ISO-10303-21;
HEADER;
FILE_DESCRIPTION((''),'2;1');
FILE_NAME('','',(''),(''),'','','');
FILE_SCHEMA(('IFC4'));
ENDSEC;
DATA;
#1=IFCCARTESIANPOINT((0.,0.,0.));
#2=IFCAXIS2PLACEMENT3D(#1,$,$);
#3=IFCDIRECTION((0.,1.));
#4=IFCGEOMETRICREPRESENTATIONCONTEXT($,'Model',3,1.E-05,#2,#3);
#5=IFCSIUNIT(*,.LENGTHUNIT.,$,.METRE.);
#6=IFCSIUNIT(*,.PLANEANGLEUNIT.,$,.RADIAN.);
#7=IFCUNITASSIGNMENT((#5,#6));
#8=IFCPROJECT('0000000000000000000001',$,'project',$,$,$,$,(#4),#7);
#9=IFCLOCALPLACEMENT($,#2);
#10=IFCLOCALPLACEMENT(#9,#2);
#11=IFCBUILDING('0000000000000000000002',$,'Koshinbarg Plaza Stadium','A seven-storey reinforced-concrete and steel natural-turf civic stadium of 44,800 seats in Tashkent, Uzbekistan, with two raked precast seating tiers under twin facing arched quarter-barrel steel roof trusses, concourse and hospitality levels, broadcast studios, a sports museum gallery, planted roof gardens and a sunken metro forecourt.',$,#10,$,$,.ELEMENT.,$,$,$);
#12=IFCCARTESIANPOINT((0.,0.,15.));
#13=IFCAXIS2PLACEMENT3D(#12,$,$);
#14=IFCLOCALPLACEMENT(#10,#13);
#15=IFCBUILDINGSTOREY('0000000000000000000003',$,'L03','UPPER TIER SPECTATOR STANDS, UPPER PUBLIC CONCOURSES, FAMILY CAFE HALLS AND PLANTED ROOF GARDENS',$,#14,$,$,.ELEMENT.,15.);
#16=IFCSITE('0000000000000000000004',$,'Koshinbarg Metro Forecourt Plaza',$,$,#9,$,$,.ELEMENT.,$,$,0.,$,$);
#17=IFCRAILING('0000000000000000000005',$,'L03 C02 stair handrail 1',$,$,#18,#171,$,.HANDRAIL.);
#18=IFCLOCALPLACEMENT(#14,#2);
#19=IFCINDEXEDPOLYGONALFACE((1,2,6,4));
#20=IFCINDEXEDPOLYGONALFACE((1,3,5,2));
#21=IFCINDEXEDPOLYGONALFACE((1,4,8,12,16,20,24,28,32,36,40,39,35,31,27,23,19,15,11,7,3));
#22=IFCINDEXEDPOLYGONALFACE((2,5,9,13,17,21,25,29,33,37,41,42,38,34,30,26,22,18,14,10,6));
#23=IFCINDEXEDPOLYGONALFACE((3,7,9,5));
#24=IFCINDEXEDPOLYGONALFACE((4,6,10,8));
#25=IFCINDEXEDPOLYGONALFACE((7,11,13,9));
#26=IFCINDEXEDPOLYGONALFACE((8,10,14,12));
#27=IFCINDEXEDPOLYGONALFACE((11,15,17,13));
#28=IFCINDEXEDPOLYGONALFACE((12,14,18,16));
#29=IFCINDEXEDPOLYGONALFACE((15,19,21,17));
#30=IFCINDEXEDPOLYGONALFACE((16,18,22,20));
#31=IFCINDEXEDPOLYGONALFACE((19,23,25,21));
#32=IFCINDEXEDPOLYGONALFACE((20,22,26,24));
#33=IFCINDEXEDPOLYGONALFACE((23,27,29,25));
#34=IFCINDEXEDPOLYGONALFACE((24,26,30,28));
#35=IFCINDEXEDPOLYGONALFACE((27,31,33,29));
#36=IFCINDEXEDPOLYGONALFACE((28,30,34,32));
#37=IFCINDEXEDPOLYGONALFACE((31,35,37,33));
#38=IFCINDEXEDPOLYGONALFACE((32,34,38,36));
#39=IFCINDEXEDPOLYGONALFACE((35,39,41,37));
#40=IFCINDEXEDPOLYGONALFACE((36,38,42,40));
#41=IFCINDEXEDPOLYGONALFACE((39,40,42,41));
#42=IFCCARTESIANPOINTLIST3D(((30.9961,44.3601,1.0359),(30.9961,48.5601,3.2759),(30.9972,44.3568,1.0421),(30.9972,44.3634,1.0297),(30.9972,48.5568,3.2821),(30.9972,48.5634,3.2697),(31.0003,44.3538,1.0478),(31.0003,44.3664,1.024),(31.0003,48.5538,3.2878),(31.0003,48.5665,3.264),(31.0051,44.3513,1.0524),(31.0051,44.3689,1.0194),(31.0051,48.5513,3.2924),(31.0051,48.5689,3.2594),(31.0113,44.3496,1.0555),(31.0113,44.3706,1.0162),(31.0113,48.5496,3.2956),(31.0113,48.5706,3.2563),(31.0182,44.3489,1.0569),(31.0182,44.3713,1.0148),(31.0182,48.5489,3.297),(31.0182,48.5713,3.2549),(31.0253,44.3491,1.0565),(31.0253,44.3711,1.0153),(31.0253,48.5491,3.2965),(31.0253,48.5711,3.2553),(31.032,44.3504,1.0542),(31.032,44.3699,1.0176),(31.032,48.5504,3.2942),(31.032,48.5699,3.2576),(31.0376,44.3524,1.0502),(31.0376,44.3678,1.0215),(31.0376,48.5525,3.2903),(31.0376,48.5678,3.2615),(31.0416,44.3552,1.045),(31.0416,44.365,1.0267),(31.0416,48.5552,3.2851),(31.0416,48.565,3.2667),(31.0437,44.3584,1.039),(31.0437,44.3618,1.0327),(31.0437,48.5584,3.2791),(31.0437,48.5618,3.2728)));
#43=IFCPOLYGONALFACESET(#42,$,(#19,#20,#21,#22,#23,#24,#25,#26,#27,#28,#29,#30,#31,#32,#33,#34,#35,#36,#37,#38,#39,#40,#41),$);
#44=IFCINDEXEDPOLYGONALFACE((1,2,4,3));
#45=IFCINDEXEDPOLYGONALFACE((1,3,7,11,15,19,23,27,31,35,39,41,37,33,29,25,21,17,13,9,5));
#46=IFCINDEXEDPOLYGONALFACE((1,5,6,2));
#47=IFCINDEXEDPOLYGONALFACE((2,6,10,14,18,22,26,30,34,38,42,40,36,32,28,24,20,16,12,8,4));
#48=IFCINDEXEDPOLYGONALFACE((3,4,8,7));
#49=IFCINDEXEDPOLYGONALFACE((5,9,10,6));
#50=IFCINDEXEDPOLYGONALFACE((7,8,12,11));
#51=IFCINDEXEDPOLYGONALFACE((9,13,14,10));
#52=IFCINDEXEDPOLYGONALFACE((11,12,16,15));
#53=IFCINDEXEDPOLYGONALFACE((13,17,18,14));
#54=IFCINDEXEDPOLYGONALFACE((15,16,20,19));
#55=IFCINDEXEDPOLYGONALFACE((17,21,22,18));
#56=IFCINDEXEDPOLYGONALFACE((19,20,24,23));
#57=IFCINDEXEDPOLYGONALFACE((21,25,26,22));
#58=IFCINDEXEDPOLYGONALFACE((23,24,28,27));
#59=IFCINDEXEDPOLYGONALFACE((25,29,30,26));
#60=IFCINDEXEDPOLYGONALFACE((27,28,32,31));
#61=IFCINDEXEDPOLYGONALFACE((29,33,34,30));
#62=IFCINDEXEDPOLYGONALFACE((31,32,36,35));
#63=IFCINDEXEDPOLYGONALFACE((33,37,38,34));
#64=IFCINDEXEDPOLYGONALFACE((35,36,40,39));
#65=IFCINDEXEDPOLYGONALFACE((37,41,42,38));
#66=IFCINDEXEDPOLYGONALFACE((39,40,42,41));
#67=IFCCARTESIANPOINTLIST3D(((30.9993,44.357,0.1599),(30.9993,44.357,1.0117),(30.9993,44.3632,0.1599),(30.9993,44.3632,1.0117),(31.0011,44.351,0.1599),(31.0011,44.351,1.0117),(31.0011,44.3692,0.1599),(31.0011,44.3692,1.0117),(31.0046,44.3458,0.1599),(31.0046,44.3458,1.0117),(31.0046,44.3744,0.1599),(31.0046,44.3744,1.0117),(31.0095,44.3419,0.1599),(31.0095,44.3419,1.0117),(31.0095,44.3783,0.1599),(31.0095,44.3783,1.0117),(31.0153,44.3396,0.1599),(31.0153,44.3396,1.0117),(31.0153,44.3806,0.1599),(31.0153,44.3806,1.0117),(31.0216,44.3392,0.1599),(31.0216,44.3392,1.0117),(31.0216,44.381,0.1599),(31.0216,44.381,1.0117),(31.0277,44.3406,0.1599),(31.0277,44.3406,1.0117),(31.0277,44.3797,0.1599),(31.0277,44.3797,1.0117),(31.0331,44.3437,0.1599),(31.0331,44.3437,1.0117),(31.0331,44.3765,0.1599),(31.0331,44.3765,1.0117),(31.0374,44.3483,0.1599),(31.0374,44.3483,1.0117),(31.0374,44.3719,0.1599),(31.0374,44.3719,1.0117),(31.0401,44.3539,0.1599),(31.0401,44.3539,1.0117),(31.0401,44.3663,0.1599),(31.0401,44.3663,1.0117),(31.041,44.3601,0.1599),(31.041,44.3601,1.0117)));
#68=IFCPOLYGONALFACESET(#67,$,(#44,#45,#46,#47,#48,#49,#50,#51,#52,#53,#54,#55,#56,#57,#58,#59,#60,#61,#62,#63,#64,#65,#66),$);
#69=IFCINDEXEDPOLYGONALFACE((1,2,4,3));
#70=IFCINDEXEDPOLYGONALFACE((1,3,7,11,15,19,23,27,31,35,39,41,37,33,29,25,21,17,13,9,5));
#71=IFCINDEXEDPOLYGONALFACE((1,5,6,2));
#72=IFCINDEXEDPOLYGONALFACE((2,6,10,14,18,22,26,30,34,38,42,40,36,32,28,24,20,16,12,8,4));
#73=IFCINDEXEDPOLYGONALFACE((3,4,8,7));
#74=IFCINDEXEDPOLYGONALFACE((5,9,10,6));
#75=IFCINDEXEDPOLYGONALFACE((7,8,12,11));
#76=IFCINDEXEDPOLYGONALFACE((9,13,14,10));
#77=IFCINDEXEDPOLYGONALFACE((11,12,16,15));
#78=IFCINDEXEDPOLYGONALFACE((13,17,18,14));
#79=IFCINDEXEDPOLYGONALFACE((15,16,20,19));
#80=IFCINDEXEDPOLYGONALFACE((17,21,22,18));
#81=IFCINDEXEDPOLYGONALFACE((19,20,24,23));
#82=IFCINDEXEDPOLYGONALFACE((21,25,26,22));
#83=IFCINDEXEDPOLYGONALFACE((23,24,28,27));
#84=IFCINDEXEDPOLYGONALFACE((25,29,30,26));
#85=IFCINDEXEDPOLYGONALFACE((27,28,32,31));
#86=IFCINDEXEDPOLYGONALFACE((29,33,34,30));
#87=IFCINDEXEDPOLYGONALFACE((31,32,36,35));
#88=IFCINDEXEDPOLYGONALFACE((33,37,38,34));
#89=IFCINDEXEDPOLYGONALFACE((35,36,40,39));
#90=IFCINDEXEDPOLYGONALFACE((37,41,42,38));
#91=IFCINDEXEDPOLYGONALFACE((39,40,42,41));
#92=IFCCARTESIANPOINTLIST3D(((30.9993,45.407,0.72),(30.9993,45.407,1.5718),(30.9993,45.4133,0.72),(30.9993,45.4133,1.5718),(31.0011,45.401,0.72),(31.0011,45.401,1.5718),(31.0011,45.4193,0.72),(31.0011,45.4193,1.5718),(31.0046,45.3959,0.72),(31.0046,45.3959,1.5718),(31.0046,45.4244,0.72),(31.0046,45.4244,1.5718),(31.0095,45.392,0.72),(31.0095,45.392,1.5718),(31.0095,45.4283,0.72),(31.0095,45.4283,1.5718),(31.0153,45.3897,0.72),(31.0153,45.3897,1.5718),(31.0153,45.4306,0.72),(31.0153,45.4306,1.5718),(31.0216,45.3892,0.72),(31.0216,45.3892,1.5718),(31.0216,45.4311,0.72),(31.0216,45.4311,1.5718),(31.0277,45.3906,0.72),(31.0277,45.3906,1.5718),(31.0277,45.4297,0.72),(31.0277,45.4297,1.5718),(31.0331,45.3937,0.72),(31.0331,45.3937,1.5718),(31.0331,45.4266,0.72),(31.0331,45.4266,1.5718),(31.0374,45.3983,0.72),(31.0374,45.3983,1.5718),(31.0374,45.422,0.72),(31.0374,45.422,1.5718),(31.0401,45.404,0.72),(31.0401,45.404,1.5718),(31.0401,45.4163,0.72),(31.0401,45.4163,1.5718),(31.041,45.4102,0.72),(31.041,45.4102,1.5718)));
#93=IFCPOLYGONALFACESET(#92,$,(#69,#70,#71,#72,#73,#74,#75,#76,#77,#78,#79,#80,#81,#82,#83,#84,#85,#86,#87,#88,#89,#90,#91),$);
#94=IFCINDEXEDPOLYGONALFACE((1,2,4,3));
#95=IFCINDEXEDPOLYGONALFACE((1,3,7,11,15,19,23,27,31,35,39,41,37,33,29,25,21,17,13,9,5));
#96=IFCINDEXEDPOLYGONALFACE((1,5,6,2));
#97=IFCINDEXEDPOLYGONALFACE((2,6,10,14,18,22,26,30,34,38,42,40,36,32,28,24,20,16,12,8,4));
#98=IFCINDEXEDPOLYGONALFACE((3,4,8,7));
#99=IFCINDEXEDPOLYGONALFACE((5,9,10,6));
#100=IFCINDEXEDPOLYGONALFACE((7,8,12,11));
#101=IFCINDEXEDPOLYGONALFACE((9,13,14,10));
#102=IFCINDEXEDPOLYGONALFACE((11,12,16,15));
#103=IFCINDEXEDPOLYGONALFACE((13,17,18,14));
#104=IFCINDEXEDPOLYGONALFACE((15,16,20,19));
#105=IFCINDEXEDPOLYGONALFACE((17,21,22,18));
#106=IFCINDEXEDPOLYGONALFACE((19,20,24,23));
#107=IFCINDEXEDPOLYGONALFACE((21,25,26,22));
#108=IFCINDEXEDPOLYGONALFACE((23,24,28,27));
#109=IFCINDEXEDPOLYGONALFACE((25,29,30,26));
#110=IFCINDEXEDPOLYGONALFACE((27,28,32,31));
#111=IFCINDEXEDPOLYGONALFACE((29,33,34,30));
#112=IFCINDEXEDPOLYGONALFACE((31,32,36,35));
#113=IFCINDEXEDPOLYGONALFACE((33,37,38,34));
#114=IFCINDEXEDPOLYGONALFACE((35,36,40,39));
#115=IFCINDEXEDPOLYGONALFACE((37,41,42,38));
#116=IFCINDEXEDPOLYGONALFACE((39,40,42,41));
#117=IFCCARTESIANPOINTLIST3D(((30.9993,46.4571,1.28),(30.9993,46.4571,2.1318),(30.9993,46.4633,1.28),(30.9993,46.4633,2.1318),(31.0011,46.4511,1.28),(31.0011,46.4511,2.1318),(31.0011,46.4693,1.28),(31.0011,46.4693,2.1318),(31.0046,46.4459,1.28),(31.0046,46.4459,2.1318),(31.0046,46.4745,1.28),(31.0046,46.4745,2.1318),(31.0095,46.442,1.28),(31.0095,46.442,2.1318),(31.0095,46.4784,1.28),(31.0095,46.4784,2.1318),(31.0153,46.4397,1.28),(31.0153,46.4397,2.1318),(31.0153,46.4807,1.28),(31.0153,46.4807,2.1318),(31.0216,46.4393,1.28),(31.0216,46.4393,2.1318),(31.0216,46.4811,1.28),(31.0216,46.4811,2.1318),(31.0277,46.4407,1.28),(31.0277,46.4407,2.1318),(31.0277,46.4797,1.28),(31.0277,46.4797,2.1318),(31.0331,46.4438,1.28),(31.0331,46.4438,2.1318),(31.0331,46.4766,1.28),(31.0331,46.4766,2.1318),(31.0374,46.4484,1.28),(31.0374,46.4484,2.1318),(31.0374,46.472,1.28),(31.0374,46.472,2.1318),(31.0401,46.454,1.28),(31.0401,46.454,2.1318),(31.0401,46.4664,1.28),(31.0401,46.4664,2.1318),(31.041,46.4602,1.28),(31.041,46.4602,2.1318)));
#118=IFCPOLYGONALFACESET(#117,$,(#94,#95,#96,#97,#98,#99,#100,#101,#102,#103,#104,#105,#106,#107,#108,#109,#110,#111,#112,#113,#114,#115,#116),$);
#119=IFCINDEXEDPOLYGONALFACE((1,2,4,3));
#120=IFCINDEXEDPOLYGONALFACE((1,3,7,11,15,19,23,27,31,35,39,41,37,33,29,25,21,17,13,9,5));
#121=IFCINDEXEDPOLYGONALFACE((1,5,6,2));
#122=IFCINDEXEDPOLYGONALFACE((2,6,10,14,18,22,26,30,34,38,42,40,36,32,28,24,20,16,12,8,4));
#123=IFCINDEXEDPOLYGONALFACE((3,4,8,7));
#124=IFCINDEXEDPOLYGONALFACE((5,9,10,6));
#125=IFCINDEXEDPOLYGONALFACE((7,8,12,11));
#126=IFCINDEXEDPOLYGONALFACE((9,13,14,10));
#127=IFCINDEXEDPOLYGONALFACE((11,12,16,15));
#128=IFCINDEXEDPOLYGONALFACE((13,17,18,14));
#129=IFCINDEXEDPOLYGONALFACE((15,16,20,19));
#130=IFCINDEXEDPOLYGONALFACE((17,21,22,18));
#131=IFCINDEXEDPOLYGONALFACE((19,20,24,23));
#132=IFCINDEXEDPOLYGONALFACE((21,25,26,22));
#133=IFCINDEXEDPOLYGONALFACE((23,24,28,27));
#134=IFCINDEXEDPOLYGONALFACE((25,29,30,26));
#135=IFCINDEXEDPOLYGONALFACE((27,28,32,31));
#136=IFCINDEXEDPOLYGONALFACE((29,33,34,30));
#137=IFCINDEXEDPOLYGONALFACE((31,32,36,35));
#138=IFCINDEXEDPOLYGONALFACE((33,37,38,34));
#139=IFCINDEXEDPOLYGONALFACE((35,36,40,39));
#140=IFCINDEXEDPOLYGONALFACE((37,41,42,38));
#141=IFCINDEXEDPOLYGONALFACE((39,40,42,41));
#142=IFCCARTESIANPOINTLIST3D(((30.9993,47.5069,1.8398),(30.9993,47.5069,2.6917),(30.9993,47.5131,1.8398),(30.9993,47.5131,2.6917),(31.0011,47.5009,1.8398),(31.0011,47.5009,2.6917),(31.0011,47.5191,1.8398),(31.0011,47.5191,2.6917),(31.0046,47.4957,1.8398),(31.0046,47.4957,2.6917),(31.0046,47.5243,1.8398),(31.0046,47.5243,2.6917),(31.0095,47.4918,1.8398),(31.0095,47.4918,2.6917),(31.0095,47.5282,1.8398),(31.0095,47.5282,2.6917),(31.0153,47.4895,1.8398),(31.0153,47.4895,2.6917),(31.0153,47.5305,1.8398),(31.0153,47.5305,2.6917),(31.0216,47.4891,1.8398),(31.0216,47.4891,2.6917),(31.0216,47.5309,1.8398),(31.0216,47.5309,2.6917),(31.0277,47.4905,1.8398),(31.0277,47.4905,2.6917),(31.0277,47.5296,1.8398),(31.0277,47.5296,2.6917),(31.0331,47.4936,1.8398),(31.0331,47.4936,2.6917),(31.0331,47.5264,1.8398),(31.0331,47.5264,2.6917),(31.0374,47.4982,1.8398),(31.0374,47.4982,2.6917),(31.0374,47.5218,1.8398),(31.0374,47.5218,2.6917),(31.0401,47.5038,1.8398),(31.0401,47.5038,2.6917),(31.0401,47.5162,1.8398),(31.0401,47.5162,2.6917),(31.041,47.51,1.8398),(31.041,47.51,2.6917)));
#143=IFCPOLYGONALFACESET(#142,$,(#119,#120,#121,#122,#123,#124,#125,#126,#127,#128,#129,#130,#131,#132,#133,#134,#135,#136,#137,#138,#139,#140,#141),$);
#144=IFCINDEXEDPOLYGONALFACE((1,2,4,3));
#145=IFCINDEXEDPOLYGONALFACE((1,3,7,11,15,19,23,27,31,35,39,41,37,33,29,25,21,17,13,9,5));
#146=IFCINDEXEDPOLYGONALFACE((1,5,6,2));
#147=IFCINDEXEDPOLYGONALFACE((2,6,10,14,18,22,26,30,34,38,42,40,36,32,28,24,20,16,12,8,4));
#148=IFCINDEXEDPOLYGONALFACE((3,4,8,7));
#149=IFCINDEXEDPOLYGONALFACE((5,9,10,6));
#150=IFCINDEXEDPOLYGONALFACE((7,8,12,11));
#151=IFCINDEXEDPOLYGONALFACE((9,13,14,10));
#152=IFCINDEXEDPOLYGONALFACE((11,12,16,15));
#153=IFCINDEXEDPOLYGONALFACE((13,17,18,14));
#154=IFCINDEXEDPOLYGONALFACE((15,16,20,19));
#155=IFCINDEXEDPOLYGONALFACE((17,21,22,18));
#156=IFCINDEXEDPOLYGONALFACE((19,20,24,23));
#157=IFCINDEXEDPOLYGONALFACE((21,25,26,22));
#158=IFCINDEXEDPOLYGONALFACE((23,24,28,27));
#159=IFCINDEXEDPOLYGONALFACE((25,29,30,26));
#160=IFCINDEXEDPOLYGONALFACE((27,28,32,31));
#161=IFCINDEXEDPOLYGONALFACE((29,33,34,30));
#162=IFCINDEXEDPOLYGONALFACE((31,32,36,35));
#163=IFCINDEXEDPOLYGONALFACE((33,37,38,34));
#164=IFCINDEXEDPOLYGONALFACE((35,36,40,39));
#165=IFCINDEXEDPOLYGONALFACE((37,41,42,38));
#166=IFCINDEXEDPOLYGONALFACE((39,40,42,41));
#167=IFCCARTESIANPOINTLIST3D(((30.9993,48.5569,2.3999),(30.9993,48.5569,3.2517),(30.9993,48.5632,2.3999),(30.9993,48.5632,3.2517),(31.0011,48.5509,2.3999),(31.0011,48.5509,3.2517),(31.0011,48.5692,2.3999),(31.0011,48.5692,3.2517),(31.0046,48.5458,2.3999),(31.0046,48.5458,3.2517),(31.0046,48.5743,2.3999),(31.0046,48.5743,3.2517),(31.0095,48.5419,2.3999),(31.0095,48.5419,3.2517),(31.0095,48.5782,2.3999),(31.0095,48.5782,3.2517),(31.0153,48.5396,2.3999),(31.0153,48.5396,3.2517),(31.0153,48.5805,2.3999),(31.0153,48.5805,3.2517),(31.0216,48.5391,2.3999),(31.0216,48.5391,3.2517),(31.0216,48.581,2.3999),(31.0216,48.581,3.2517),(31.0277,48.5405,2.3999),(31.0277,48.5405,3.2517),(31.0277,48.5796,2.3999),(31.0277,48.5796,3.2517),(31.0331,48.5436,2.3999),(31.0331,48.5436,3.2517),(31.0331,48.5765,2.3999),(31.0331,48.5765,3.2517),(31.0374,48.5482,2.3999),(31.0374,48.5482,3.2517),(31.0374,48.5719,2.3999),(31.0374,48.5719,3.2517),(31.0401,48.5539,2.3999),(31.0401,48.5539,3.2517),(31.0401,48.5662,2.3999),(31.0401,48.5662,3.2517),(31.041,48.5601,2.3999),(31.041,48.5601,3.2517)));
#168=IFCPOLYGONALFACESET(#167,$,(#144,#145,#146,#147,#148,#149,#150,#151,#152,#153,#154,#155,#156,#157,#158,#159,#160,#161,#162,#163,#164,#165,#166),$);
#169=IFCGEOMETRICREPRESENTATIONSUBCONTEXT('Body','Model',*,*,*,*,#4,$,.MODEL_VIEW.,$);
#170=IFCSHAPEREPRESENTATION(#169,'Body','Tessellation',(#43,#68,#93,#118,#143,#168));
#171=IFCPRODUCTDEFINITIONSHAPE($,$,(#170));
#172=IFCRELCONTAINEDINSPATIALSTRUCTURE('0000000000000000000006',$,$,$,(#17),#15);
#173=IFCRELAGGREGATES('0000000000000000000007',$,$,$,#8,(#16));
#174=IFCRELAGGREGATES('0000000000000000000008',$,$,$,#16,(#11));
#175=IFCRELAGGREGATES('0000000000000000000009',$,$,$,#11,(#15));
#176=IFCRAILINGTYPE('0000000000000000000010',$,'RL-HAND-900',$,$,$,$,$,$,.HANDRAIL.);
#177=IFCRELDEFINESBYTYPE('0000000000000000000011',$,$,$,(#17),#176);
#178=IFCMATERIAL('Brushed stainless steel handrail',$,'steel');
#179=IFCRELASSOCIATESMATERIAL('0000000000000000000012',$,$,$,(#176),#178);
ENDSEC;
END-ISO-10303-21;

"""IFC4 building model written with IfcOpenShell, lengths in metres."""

from ifc_helpers import new_model, si_unit, direction, frame, origin, origin_2d, place, context, subcontext, project, spatial, circle, extrude, material, type_object, element, save


model = new_model("IFC4")

# Units and contexts
model_context = context("Model", 3, precision=1e-05, world=origin(), true_north=direction((0.0, 1.0)))
body_context = subcontext(model_context, "Body", "Model", "MODEL_VIEW")
ifc_project = project(units=[si_unit("LENGTHUNIT", "METRE"), si_unit("PLANEANGLEUNIT", "RADIAN")], contexts=[model_context])

# Site, building, storey
site_placement = place(None, origin())
site = spatial("IfcSite", under=ifc_project, at=site_placement, Name="Koshinbarg Metro Forecourt Plaza", CompositionType="ELEMENT", RefElevation=0.0)
building_placement = place(site_placement, origin())
building = spatial("IfcBuilding", under=site, at=building_placement, Name="Koshinbarg Plaza Stadium", Description="A seven-storey reinforced-concrete and steel natural-turf civic stadium of 44,800 seats in Tashkent, Uzbekistan, with two raked precast seating tiers under twin facing arched quarter-barrel steel roof trusses, concourse and hospitality levels, broadcast studios, a sports museum gallery, planted roof gardens and a sunken metro forecourt.", CompositionType="ELEMENT")
storey_placement = place(building_placement, frame((0.0, 0.0, 15.0)))
storey = spatial("IfcBuildingStorey", under=building, at=storey_placement, Name="L03", Description="UPPER TIER SPECTATOR STANDS, UPPER PUBLIC CONCOURSES, FAMILY CAFE HALLS AND PLANTED ROOF GARDENS", CompositionType="ELEMENT", Elevation=15.0)

# Railing
ifc_material_1 = material(Name="Brushed stainless steel handrail", Category="steel")
railing_type_1 = type_object("IfcRailingType", Name="RL-HAND-900", PredefinedType="HANDRAIL", material=ifc_material_1)
railing_1_placement = place(storey_placement, frame((31.02, 44.3601, 0.1599)))
element("IfcRailing", 1, at=railing_1_placement, inside=storey, type_object=railing_type_1, Name="L03 C02 stair handrail 1", PredefinedType="HANDRAIL", context=body_context, shape_type="SweptSolid", body=[
    extrude(circle(Radius=0.0239, at=origin_2d()), frame((0.0, 0.0, 0.876), z_axis=(0.0, 0.882352, 0.470591), x_axis=(-1.0, 0.0, 0.0)), (0.0, 0.0, 1.0), 4.76),
    extrude(circle(Radius=0.021, at=origin_2d()), origin(), (0.0, 0.0, 1.0), 0.8518),
    extrude(circle(Radius=0.021, at=origin_2d()), frame((0.0, 1.05, 0.5601)), (0.0, 0.0, 1.0), 0.8518),
    extrude(circle(Radius=0.021, at=origin_2d()), frame((0.0, 2.1001, 1.1201)), (0.0, 0.0, 1.0), 0.8518),
    extrude(circle(Radius=0.021, at=origin_2d()), frame((0.0, 3.1499, 1.6799)), (0.0, 0.0, 1.0), 0.8518),
    extrude(circle(Radius=0.021, at=origin_2d()), frame((0.0, 4.2, 2.24)), (0.0, 0.0, 1.0), 0.8518),
])

save(model, "model.ifc")
